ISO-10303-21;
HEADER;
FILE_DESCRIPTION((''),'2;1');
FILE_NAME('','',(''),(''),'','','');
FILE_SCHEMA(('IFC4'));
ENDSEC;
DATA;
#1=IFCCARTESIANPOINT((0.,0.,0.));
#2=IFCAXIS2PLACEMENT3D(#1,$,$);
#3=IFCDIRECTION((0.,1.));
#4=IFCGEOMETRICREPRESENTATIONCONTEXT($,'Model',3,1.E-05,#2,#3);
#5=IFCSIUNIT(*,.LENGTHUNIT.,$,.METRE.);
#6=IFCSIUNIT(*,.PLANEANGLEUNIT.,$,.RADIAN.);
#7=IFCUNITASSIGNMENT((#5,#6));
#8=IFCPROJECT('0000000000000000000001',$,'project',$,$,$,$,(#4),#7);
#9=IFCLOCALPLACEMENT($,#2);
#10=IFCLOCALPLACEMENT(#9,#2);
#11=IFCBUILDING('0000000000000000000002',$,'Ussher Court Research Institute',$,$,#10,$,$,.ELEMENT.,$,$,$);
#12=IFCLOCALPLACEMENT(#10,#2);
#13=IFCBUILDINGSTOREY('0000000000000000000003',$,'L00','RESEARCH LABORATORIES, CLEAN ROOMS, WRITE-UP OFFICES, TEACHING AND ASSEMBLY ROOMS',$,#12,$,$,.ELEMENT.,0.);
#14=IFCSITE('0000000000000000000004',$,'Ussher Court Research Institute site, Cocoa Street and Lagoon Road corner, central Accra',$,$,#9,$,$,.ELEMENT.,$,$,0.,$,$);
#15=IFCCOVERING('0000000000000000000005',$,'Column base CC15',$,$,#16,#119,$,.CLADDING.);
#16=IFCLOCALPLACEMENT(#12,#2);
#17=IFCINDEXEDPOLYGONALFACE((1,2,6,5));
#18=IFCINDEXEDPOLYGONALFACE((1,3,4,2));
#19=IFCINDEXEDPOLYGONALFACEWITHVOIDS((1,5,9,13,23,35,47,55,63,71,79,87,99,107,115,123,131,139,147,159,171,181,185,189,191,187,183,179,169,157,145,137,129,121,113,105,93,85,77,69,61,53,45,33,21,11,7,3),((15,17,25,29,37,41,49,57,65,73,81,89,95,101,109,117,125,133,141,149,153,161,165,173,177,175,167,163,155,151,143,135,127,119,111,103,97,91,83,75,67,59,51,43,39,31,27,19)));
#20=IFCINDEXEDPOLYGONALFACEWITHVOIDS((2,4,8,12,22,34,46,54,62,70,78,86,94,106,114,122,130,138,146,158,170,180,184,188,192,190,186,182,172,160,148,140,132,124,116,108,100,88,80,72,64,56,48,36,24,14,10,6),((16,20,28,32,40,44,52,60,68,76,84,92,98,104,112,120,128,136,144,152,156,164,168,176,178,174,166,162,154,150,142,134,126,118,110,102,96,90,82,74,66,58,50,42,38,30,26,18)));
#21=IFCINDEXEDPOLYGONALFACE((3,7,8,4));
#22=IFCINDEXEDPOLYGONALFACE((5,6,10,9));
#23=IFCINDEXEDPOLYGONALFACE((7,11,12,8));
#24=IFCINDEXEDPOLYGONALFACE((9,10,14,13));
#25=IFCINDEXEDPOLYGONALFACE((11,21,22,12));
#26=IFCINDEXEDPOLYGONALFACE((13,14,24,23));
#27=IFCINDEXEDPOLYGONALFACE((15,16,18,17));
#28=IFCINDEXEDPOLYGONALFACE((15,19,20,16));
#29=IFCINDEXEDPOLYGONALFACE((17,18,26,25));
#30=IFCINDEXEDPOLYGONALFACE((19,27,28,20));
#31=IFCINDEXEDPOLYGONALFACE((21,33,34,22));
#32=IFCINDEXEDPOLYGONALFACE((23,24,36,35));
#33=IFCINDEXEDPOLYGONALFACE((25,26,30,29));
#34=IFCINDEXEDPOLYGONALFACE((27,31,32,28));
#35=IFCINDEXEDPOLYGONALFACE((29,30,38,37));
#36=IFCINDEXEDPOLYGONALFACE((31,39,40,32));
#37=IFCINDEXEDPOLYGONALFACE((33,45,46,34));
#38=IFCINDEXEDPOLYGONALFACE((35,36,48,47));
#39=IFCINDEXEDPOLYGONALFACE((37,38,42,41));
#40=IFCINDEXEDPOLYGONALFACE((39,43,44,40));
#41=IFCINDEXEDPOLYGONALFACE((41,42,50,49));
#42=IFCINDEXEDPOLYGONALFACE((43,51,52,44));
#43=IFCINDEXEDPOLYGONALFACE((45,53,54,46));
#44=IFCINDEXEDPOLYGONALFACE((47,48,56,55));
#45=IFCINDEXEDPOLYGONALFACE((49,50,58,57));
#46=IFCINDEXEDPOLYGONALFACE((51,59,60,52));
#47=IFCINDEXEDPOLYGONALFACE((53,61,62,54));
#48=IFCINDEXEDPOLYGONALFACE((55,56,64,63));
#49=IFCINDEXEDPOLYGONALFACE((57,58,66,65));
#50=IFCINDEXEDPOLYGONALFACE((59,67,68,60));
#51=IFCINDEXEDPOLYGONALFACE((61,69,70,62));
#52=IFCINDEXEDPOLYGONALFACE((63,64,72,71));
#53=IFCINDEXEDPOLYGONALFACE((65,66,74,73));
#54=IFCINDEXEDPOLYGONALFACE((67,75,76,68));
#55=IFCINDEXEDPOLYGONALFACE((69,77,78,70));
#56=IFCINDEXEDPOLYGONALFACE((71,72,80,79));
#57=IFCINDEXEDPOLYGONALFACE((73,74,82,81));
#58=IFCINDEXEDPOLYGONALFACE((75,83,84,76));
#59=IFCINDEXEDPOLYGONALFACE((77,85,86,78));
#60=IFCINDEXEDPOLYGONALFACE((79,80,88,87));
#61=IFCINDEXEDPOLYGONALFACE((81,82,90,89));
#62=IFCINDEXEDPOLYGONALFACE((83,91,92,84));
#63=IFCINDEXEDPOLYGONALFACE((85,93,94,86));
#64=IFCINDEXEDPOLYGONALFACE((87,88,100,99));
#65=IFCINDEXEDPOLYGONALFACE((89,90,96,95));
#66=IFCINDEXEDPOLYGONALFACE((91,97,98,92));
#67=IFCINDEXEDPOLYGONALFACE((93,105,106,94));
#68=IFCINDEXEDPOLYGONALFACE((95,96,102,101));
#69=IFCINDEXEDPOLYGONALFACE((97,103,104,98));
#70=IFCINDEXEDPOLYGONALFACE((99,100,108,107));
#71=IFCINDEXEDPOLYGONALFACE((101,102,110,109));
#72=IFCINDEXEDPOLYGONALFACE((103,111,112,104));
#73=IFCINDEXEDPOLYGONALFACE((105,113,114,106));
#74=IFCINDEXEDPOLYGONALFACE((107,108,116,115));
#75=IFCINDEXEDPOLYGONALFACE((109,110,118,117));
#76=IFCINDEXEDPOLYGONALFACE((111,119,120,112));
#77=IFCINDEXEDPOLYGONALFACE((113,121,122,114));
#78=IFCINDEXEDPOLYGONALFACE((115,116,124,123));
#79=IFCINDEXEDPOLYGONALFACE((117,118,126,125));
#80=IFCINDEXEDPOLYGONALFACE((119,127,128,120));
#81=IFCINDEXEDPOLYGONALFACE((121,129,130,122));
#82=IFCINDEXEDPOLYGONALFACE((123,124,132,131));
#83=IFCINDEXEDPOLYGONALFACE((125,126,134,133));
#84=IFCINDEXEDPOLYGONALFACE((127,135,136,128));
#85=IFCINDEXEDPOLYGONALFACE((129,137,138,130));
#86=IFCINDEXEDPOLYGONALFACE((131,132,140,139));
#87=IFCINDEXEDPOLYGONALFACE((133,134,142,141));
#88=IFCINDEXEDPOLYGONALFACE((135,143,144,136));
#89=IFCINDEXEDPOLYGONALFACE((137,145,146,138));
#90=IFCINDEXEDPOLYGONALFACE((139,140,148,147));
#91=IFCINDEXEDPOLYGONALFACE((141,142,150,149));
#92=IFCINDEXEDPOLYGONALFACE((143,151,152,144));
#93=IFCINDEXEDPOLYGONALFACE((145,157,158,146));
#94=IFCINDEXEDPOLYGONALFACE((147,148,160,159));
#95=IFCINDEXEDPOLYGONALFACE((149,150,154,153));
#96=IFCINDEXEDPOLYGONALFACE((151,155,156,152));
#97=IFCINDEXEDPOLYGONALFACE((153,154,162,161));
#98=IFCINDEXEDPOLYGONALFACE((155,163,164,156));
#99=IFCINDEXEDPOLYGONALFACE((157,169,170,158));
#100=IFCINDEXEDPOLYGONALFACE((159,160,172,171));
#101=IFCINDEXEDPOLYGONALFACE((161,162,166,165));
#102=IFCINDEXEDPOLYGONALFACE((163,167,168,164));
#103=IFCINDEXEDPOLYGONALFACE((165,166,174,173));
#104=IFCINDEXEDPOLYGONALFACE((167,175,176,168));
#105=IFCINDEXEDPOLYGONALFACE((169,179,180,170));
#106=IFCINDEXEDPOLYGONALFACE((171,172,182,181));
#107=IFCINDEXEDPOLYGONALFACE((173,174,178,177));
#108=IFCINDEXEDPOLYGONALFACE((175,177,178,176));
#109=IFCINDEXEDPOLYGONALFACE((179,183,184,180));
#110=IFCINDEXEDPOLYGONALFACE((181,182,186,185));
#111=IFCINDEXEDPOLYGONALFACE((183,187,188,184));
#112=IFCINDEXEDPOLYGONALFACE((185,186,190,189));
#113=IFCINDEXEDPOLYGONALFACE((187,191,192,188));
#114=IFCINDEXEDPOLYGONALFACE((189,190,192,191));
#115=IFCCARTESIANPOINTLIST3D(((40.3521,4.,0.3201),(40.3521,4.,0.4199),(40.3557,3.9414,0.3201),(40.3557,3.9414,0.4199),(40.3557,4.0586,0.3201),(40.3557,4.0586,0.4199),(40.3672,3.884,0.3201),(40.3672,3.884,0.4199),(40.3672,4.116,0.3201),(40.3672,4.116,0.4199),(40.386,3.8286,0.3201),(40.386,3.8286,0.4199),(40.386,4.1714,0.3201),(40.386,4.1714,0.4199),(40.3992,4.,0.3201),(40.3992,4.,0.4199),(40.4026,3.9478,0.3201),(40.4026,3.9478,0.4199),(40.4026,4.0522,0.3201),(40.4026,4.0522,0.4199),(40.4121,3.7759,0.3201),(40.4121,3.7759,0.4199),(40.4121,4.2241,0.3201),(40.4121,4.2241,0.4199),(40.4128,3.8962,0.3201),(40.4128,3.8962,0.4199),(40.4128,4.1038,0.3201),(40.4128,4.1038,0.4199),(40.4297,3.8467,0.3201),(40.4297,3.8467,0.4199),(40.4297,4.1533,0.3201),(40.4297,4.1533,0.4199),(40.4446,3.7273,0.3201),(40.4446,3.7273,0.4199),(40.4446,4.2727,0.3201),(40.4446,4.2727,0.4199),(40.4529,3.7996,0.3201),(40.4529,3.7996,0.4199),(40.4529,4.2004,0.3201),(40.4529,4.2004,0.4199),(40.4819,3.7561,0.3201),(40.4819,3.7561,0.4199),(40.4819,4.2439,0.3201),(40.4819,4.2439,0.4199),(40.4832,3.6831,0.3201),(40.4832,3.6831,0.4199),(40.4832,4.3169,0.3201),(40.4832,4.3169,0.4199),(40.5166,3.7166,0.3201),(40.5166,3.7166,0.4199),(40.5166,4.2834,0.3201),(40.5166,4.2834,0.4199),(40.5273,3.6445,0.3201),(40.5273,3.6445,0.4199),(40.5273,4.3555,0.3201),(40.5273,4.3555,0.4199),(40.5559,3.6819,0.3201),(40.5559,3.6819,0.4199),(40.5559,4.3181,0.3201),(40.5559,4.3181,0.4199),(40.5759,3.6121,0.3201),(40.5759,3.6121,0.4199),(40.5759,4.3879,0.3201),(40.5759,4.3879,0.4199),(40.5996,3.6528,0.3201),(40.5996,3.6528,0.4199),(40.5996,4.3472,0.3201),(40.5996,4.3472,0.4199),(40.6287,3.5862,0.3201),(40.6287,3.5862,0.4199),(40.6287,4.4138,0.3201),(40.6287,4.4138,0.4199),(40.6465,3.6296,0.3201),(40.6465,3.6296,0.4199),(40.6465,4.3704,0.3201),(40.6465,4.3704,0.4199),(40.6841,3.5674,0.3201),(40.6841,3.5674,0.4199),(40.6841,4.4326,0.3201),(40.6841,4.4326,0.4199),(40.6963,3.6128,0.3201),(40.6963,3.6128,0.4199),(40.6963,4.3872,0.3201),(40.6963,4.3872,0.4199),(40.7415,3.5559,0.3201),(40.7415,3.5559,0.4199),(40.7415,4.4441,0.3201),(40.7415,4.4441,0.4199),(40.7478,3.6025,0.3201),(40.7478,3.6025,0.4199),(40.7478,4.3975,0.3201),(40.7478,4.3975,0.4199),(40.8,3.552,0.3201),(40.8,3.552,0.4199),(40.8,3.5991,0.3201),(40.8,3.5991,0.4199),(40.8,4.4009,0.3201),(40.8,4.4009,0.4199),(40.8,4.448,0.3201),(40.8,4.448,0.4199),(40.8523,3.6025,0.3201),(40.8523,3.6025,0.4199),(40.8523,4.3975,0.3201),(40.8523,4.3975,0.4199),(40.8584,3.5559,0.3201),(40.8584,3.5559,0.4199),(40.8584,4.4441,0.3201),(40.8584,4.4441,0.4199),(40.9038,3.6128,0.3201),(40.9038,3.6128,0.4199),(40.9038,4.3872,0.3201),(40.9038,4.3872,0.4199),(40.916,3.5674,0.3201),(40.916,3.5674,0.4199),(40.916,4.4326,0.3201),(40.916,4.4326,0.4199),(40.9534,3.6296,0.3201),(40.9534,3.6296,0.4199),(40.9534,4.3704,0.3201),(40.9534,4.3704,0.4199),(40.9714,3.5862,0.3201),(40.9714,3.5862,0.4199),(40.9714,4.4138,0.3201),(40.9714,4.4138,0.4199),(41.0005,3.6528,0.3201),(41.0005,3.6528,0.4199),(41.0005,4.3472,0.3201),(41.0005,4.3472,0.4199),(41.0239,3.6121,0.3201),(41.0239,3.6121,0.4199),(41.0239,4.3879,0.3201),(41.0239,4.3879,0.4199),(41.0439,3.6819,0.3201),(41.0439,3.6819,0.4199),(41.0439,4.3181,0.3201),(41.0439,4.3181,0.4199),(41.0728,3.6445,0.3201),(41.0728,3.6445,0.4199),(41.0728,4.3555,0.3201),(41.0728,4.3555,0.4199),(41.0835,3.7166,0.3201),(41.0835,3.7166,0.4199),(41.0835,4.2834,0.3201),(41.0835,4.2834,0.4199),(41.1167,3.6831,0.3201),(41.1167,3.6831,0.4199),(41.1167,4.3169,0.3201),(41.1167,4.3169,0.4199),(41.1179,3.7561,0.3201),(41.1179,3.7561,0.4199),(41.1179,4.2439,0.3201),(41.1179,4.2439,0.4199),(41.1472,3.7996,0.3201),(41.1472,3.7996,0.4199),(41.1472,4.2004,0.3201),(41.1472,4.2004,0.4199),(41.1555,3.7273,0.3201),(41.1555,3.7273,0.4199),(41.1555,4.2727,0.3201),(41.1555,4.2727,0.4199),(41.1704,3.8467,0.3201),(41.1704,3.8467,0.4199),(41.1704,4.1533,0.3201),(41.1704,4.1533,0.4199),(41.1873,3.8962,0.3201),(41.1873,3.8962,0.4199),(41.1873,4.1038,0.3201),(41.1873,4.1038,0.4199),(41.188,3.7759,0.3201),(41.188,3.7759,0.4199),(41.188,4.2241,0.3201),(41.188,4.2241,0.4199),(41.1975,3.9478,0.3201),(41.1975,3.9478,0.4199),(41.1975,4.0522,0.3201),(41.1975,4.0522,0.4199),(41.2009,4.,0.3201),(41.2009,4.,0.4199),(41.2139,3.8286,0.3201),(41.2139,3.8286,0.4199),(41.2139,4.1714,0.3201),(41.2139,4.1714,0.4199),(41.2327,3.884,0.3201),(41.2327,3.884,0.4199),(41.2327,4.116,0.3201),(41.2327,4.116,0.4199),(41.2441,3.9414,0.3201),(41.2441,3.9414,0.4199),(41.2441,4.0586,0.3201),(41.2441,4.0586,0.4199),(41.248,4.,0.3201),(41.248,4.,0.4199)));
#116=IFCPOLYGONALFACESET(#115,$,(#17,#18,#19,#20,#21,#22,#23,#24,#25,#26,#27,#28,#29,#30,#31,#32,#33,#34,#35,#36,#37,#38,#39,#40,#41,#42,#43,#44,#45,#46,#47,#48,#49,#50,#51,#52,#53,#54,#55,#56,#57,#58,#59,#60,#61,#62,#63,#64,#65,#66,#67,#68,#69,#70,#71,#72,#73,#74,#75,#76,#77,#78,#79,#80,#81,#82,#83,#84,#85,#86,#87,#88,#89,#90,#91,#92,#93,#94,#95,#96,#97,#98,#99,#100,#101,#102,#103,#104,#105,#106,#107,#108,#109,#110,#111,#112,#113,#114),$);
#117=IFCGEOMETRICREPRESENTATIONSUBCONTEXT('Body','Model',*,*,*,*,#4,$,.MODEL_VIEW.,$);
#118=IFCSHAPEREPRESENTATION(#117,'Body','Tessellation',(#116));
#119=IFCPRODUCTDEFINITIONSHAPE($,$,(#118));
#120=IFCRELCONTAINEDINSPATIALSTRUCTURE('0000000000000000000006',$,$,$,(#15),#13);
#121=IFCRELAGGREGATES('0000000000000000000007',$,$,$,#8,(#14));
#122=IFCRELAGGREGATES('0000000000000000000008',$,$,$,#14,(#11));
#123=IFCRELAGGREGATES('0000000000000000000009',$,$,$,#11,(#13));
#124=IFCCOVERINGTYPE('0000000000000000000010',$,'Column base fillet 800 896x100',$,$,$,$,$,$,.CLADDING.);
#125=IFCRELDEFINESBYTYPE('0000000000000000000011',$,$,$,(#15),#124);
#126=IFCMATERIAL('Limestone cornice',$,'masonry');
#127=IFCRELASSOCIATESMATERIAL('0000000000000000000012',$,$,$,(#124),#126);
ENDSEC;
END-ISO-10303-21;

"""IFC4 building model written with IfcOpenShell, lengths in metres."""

from ifc_helpers import new_model, si_unit, direction, frame, origin, place, context, subcontext, project, spatial, polyline, outline, extrude, material, type_object, element, save


model = new_model("IFC4")

# Units and contexts
model_context = context("Model", 3, precision=1e-05, world=origin(), true_north=direction((0.0, 1.0)))
body_context = subcontext(model_context, "Body", "Model", "MODEL_VIEW")
ifc_project = project(units=[si_unit("LENGTHUNIT", "METRE"), si_unit("PLANEANGLEUNIT", "RADIAN")], contexts=[model_context])

# Site, building, storey
site_placement = place(None, origin())
site = spatial("IfcSite", under=ifc_project, at=site_placement, Name="Ussher Court Research Institute site, Cocoa Street and Lagoon Road corner, central Accra", CompositionType="ELEMENT", RefElevation=0.0)
building_placement = place(site_placement, origin())
building = spatial("IfcBuilding", under=site, at=building_placement, Name="Ussher Court Research Institute", CompositionType="ELEMENT")
storey_placement = place(building_placement, origin())
storey = spatial("IfcBuildingStorey", under=building, at=storey_placement, Name="L00", Description="RESEARCH LABORATORIES, CLEAN ROOMS, WRITE-UP OFFICES, TEACHING AND ASSEMBLY ROOMS", CompositionType="ELEMENT", Elevation=0.0)

# Covering
ifc_material_1 = material(Name="Limestone cornice", Category="masonry")
covering_type_1 = type_object("IfcCoveringType", Name="Column base fillet 800 896x100", PredefinedType="CLADDING", material=ifc_material_1)
covering_1_placement = place(storey_placement, frame((0.0, 0.0, 0.3201)))
element("IfcCovering", 1, at=covering_1_placement, inside=storey, type_object=covering_type_1, Name="Column base CC15", PredefinedType="CLADDING", context=body_context, shape_type="SweptSolid", body=[
    extrude(outline(polyline([(41.248, 4.0), (41.2441, 4.0586), (41.2327, 4.116), (41.2139, 4.1714), (41.188, 4.2241), (41.1555, 4.2727), (41.1167, 4.3169), (41.0728, 4.3555), (41.0239, 4.3879), (40.9714, 4.4138), (40.916, 4.4326), (40.8584, 4.4441), (40.8, 4.448), (40.7415, 4.4441), (40.6841, 4.4326), (40.6287, 4.4138), (40.5759, 4.3879), (40.5273, 4.3555), (40.4832, 4.3169), (40.4446, 4.2727), (40.4121, 4.2241), (40.386, 4.1714), (40.3672, 4.116), (40.3557, 4.0586), (40.3521, 4.0), (40.3557, 3.9414), (40.3672, 3.884), (40.386, 3.8286), (40.4121, 3.7759), (40.4446, 3.7273), (40.4832, 3.6831), (40.5273, 3.6445), (40.5759, 3.6121), (40.6287, 3.5862), (40.6841, 3.5674), (40.7415, 3.5559), (40.8, 3.552), (40.8584, 3.5559), (40.916, 3.5674), (40.9714, 3.5862), (41.0239, 3.6121), (41.0728, 3.6445), (41.1167, 3.6831), (41.1555, 3.7273), (41.188, 3.7759), (41.2139, 3.8286), (41.2327, 3.884), (41.2441, 3.9414), (41.248, 4.0)]), holes=[polyline([(41.2009, 4.0), (41.1975, 4.0522), (41.1873, 4.1038), (41.1704, 4.1533), (41.1472, 4.2004), (41.1179, 4.2439), (41.0835, 4.2834), (41.0439, 4.3181), (41.0005, 4.3472), (40.9534, 4.3704), (40.9038, 4.3872), (40.8523, 4.3975), (40.8, 4.4009), (40.7478, 4.3975), (40.6963, 4.3872), (40.6465, 4.3704), (40.5996, 4.3472), (40.5559, 4.3181), (40.5166, 4.2834), (40.4819, 4.2439), (40.4529, 4.2004), (40.4297, 4.1533), (40.4128, 4.1038), (40.4026, 4.0522), (40.3992, 4.0), (40.4026, 3.9478), (40.4128, 3.8962), (40.4297, 3.8467), (40.4529, 3.7996), (40.4819, 3.7561), (40.5166, 3.7166), (40.5559, 3.6819), (40.5996, 3.6528), (40.6465, 3.6296), (40.6963, 3.6128), (40.7478, 3.6025), (40.8, 3.5991), (40.8523, 3.6025), (40.9038, 3.6128), (40.9534, 3.6296), (41.0005, 3.6528), (41.0439, 3.6819), (41.0835, 3.7166), (41.1179, 3.7561), (41.1472, 3.7996), (41.1704, 3.8467), (41.1873, 3.8962), (41.1975, 3.9478), (41.2009, 4.0)])]), origin(), (0.0, 0.0, 1.0), 0.0999),
])

save(model, "model.ifc")
